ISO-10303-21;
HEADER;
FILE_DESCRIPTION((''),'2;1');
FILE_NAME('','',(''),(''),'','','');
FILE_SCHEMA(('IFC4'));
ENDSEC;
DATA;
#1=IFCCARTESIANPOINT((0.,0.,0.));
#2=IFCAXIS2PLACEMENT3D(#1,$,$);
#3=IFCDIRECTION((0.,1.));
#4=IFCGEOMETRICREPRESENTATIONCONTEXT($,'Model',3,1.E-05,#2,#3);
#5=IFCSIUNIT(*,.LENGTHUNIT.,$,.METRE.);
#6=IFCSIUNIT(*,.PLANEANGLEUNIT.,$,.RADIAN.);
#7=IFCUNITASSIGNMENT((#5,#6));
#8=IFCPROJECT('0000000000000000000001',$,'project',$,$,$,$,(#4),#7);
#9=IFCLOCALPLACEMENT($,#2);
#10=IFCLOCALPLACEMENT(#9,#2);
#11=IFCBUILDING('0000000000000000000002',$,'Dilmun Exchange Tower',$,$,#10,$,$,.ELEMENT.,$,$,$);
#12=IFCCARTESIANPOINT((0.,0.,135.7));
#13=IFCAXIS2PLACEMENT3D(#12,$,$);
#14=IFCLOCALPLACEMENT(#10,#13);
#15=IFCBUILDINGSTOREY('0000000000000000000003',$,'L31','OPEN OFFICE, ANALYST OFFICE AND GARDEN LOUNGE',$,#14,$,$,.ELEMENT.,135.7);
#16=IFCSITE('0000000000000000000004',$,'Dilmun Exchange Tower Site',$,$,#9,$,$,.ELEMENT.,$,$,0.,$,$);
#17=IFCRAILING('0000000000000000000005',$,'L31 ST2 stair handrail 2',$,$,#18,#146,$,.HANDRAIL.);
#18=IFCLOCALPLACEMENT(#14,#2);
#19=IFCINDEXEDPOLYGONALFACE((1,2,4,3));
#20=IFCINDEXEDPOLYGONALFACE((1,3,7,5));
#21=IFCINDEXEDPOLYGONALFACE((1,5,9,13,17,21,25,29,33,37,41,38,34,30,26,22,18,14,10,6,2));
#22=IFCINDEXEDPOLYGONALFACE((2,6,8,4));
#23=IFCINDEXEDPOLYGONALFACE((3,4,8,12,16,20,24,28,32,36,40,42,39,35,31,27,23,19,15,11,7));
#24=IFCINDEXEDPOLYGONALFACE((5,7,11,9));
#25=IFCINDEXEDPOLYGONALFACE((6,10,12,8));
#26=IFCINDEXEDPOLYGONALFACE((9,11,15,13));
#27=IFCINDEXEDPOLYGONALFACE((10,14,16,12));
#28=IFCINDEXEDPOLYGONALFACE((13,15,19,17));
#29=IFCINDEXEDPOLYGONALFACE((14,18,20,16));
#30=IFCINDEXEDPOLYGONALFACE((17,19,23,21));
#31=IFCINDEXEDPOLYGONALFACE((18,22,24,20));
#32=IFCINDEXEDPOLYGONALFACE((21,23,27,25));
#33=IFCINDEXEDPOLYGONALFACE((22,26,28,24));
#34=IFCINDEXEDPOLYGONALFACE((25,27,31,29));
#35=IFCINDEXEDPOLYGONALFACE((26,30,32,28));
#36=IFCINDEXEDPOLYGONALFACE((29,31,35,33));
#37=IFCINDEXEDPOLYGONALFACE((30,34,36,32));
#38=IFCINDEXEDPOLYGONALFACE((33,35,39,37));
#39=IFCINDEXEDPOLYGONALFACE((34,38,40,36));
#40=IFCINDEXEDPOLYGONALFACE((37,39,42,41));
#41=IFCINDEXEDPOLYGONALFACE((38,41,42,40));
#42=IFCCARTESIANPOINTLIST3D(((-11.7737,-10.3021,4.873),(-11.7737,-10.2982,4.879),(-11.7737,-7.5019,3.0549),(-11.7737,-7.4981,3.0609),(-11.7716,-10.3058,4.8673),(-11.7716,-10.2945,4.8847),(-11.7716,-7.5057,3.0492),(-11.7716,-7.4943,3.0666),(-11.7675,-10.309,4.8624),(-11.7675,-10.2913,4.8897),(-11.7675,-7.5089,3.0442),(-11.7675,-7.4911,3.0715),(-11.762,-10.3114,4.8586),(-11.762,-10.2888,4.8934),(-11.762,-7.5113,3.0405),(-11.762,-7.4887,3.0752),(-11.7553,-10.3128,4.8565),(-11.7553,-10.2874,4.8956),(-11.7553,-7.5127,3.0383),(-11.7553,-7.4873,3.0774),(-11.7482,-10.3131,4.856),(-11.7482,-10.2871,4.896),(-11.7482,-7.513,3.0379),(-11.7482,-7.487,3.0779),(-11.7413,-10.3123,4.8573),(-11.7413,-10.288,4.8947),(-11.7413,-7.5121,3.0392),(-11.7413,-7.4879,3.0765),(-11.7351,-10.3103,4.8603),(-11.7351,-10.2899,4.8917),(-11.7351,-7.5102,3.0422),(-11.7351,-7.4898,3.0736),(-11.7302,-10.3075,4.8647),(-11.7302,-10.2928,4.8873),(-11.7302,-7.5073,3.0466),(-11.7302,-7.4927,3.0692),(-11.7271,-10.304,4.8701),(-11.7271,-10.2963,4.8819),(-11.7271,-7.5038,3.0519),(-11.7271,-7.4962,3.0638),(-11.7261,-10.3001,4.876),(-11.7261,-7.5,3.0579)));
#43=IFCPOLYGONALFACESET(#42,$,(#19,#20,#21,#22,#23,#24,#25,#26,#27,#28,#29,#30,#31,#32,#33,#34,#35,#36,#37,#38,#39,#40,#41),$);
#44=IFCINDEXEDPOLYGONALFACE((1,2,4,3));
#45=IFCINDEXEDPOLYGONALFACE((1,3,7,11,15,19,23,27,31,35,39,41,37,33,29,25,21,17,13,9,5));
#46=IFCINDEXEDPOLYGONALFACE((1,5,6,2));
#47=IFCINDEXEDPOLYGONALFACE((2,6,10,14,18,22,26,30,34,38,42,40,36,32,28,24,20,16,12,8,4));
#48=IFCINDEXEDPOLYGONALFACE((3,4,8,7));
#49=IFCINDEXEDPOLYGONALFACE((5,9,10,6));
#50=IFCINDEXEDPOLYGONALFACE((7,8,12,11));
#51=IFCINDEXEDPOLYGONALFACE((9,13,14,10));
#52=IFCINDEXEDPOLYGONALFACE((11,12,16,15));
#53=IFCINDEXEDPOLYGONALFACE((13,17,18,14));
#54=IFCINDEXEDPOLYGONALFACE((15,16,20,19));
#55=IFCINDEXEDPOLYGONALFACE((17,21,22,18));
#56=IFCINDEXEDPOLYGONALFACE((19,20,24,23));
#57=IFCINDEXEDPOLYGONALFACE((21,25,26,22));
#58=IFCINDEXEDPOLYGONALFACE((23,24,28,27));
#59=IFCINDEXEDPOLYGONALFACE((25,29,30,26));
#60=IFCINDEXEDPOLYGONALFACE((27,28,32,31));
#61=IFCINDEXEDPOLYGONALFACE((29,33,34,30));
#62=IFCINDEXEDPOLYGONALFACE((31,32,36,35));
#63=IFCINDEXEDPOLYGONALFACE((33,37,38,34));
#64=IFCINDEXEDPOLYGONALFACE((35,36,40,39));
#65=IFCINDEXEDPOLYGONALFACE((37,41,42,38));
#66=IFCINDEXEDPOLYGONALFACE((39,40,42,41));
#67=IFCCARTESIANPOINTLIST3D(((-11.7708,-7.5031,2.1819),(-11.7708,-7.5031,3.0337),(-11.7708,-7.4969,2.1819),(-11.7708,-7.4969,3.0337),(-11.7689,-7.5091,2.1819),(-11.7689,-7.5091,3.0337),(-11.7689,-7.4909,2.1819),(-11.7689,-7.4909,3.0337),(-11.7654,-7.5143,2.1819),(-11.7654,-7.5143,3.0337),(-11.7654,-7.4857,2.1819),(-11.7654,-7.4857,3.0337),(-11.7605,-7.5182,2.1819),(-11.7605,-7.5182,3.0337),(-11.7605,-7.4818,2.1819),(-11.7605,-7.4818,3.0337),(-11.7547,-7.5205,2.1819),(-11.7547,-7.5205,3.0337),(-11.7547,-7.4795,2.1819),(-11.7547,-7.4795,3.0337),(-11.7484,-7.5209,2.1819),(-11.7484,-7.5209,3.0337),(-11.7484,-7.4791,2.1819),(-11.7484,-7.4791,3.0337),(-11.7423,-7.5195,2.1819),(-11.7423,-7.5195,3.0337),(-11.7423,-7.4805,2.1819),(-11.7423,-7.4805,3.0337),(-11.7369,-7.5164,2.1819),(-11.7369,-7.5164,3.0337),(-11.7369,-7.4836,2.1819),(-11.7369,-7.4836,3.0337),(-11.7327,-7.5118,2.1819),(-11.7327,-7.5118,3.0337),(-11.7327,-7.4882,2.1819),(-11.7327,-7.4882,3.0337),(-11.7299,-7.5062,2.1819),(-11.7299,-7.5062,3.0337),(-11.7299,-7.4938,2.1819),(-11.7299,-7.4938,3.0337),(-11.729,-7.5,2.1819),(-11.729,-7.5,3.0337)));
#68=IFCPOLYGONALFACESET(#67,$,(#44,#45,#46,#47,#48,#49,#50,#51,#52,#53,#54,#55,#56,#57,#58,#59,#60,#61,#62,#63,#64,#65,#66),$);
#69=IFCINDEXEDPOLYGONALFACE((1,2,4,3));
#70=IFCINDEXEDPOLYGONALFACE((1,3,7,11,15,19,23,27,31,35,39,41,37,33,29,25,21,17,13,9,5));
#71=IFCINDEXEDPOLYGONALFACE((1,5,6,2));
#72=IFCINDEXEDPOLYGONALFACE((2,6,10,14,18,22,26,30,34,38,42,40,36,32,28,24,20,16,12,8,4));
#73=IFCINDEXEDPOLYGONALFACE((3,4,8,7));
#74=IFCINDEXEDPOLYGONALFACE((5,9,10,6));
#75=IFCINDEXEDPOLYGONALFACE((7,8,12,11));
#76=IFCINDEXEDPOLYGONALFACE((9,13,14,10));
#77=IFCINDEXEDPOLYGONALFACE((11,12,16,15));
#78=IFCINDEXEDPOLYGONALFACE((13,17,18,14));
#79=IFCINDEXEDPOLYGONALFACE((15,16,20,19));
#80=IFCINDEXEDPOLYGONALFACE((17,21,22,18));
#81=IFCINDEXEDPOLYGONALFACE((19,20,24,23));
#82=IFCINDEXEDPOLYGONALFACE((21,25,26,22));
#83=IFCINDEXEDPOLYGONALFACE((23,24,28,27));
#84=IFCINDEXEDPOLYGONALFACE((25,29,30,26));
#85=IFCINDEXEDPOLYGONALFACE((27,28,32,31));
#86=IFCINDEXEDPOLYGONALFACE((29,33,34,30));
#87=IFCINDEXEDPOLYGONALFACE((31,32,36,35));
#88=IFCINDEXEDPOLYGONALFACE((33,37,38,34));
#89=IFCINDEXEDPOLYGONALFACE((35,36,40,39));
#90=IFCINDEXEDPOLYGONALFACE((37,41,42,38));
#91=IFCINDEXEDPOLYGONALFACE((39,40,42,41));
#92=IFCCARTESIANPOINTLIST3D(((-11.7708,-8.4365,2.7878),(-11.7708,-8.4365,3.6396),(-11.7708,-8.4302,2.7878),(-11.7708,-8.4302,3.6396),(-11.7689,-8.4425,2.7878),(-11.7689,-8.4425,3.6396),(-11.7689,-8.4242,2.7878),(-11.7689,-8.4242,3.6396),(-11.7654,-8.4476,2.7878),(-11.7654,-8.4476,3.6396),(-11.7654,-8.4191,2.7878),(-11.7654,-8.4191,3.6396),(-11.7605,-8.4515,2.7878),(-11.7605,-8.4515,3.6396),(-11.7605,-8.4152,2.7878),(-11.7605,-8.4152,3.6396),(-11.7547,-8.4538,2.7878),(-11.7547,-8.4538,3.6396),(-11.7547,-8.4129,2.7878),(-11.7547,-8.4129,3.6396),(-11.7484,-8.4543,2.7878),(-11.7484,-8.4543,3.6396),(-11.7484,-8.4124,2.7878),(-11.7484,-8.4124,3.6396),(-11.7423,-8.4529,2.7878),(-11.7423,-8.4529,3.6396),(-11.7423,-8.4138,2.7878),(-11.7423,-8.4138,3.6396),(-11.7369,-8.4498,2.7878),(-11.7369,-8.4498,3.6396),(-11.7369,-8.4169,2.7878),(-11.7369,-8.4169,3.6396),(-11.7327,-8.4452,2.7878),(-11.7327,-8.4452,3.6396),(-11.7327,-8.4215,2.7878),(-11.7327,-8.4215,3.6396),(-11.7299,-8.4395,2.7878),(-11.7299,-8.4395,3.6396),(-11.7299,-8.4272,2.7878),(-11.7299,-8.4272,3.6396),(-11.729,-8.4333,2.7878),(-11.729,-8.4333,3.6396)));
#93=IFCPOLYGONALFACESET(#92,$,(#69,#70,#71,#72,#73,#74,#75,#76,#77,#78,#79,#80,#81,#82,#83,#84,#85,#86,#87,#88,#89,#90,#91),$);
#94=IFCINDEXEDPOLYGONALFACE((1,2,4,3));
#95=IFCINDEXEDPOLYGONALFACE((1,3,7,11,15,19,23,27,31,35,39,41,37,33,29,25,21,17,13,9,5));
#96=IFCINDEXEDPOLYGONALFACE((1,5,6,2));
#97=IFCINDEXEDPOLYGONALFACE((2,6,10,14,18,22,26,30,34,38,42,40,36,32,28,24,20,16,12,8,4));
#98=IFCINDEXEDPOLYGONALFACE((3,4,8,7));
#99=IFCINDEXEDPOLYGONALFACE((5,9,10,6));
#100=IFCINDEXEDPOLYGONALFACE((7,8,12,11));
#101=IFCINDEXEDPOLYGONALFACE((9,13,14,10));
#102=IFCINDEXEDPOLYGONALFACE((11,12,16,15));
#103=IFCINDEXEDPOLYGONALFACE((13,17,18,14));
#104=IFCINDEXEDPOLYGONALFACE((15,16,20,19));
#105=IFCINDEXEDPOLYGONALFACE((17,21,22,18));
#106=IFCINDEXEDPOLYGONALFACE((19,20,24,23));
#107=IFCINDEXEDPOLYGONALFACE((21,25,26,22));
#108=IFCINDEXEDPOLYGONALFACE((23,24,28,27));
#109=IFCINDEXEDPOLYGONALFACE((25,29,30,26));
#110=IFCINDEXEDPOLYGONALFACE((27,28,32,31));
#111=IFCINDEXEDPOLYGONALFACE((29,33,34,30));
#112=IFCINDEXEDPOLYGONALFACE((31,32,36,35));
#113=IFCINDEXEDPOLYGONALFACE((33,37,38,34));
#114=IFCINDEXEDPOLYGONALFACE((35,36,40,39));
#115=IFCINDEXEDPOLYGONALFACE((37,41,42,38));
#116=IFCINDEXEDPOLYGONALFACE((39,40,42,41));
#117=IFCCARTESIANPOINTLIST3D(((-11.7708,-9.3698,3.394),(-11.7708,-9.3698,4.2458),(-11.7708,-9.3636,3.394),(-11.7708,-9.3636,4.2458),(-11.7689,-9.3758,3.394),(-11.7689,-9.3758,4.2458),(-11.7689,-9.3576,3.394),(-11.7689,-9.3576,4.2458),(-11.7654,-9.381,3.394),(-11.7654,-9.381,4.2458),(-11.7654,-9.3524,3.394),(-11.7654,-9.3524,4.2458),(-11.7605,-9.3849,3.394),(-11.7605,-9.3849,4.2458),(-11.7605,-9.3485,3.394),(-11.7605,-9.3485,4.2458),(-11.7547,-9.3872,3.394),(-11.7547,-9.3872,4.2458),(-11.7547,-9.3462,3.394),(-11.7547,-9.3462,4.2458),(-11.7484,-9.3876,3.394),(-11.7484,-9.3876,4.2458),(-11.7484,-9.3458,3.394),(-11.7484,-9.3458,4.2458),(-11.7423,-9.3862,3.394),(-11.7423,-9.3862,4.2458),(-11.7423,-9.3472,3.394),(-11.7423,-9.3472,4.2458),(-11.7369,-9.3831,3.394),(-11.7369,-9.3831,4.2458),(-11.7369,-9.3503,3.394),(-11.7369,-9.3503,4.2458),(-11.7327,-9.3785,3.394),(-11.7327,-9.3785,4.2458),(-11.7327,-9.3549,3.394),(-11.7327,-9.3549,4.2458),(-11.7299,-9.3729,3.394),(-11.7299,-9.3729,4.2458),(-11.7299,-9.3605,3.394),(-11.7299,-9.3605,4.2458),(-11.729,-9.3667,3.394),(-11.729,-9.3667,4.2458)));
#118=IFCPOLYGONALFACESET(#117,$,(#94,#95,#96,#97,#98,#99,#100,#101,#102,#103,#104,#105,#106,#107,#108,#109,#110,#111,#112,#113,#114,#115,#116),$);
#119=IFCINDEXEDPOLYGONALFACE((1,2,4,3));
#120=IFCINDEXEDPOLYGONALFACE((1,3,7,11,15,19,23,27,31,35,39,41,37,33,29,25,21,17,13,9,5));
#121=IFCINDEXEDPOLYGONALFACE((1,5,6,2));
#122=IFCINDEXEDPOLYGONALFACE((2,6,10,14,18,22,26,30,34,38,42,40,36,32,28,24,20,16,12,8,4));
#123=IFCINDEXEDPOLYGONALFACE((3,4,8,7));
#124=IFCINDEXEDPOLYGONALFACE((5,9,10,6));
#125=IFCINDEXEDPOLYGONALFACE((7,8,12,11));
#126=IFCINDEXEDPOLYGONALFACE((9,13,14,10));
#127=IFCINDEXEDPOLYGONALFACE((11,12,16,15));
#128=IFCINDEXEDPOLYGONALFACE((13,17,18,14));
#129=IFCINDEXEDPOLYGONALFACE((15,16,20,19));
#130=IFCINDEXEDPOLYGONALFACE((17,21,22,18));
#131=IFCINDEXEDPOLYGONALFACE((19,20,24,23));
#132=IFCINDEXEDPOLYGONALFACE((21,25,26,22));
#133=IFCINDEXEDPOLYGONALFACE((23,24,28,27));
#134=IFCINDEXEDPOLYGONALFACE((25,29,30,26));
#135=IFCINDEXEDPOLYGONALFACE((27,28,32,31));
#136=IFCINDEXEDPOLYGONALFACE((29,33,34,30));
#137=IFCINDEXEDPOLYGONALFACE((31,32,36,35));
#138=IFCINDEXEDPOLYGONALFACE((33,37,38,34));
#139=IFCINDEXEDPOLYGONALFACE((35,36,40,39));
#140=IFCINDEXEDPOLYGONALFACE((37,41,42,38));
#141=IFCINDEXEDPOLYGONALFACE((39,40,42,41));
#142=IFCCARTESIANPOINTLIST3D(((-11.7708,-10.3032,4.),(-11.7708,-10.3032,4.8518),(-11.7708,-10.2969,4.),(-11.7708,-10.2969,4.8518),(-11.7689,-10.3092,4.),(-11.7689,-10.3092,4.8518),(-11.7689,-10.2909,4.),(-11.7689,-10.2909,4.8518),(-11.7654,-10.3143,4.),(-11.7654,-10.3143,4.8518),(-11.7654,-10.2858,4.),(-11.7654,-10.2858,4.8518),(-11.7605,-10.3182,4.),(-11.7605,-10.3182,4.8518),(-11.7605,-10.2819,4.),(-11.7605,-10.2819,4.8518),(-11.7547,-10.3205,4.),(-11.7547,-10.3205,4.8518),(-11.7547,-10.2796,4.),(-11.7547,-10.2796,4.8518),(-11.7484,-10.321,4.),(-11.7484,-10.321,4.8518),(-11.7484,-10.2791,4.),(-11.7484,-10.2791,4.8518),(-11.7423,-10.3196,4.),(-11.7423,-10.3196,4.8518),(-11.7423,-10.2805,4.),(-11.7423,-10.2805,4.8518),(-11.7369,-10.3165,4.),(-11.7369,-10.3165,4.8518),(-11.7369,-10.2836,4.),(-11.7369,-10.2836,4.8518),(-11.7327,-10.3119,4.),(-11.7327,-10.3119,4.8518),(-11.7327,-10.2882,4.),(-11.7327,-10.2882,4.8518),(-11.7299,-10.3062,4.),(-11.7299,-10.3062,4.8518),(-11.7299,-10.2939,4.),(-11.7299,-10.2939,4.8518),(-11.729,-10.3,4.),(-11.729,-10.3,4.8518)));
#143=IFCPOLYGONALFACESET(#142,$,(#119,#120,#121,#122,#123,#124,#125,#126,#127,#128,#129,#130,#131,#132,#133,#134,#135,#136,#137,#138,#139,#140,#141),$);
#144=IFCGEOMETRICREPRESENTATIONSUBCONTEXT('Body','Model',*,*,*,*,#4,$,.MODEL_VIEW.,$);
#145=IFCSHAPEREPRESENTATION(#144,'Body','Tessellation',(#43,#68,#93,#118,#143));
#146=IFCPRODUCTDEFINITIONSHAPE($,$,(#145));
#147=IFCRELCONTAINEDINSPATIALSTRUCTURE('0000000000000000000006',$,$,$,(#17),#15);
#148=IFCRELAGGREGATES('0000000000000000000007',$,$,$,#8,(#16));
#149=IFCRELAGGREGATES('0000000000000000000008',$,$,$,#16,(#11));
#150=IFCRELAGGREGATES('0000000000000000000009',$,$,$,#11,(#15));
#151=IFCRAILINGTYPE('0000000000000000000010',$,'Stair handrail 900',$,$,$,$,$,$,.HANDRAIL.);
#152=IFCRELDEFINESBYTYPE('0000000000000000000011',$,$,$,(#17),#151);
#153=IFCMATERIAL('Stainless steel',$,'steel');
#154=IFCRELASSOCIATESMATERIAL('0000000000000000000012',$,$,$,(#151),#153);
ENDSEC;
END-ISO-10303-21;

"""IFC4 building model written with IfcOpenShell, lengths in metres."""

from ifc_helpers import new_model, si_unit, direction, frame, origin, origin_2d, place, context, subcontext, project, spatial, circle, extrude, material, type_object, element, save


model = new_model("IFC4")

# Units and contexts
model_context = context("Model", 3, precision=1e-05, world=origin(), true_north=direction((0.0, 1.0)))
body_context = subcontext(model_context, "Body", "Model", "MODEL_VIEW")
ifc_project = project(units=[si_unit("LENGTHUNIT", "METRE"), si_unit("PLANEANGLEUNIT", "RADIAN")], contexts=[model_context])

# Site, building, storey
site_placement = place(None, origin())
site = spatial("IfcSite", under=ifc_project, at=site_placement, Name="Dilmun Exchange Tower Site", CompositionType="ELEMENT", RefElevation=0.0)
building_placement = place(site_placement, origin())
building = spatial("IfcBuilding", under=site, at=building_placement, Name="Dilmun Exchange Tower", CompositionType="ELEMENT")
storey_placement = place(building_placement, frame((0.0, 0.0, 135.7)))
storey = spatial("IfcBuildingStorey", under=building, at=storey_placement, Name="L31", Description="OPEN OFFICE, ANALYST OFFICE AND GARDEN LOUNGE", CompositionType="ELEMENT", Elevation=135.7)

# Railing
ifc_material_1 = material(Name="Stainless steel", Category="steel")
railing_type = type_object("IfcRailingType", Name="Stair handrail 900", PredefinedType="HANDRAIL", material=ifc_material_1)
railing_1_placement = place(storey_placement, frame((-11.75, -7.5, 2.1819)))
element("IfcRailing", 1, at=railing_1_placement, inside=storey, type_object=railing_type, Name="L31 ST2 stair handrail 2", PredefinedType="HANDRAIL", context=body_context, shape_type="SweptSolid", body=[
    extrude(circle(Radius=0.0239, at=origin_2d()), frame((0.0, 0.0, 0.876), z_axis=(0.0, -0.838706, 0.544585), x_axis=(1.0, 0.0, 0.0)), (0.0, 0.0, 1.0), 3.3386),
    extrude(circle(Radius=0.021, at=origin_2d()), origin(), (0.0, 0.0, 1.0), 0.8518),
    extrude(circle(Radius=0.021, at=origin_2d()), frame((0.0, -0.9333, 0.606)), (0.0, 0.0, 1.0), 0.8518),
    extrude(circle(Radius=0.021, at=origin_2d()), frame((0.0, -1.8667, 1.2122)), (0.0, 0.0, 1.0), 0.8518),
    extrude(circle(Radius=0.021, at=origin_2d()), frame((0.0, -2.8, 1.8181)), (0.0, 0.0, 1.0), 0.8518),
])

save(model, "model.ifc")
